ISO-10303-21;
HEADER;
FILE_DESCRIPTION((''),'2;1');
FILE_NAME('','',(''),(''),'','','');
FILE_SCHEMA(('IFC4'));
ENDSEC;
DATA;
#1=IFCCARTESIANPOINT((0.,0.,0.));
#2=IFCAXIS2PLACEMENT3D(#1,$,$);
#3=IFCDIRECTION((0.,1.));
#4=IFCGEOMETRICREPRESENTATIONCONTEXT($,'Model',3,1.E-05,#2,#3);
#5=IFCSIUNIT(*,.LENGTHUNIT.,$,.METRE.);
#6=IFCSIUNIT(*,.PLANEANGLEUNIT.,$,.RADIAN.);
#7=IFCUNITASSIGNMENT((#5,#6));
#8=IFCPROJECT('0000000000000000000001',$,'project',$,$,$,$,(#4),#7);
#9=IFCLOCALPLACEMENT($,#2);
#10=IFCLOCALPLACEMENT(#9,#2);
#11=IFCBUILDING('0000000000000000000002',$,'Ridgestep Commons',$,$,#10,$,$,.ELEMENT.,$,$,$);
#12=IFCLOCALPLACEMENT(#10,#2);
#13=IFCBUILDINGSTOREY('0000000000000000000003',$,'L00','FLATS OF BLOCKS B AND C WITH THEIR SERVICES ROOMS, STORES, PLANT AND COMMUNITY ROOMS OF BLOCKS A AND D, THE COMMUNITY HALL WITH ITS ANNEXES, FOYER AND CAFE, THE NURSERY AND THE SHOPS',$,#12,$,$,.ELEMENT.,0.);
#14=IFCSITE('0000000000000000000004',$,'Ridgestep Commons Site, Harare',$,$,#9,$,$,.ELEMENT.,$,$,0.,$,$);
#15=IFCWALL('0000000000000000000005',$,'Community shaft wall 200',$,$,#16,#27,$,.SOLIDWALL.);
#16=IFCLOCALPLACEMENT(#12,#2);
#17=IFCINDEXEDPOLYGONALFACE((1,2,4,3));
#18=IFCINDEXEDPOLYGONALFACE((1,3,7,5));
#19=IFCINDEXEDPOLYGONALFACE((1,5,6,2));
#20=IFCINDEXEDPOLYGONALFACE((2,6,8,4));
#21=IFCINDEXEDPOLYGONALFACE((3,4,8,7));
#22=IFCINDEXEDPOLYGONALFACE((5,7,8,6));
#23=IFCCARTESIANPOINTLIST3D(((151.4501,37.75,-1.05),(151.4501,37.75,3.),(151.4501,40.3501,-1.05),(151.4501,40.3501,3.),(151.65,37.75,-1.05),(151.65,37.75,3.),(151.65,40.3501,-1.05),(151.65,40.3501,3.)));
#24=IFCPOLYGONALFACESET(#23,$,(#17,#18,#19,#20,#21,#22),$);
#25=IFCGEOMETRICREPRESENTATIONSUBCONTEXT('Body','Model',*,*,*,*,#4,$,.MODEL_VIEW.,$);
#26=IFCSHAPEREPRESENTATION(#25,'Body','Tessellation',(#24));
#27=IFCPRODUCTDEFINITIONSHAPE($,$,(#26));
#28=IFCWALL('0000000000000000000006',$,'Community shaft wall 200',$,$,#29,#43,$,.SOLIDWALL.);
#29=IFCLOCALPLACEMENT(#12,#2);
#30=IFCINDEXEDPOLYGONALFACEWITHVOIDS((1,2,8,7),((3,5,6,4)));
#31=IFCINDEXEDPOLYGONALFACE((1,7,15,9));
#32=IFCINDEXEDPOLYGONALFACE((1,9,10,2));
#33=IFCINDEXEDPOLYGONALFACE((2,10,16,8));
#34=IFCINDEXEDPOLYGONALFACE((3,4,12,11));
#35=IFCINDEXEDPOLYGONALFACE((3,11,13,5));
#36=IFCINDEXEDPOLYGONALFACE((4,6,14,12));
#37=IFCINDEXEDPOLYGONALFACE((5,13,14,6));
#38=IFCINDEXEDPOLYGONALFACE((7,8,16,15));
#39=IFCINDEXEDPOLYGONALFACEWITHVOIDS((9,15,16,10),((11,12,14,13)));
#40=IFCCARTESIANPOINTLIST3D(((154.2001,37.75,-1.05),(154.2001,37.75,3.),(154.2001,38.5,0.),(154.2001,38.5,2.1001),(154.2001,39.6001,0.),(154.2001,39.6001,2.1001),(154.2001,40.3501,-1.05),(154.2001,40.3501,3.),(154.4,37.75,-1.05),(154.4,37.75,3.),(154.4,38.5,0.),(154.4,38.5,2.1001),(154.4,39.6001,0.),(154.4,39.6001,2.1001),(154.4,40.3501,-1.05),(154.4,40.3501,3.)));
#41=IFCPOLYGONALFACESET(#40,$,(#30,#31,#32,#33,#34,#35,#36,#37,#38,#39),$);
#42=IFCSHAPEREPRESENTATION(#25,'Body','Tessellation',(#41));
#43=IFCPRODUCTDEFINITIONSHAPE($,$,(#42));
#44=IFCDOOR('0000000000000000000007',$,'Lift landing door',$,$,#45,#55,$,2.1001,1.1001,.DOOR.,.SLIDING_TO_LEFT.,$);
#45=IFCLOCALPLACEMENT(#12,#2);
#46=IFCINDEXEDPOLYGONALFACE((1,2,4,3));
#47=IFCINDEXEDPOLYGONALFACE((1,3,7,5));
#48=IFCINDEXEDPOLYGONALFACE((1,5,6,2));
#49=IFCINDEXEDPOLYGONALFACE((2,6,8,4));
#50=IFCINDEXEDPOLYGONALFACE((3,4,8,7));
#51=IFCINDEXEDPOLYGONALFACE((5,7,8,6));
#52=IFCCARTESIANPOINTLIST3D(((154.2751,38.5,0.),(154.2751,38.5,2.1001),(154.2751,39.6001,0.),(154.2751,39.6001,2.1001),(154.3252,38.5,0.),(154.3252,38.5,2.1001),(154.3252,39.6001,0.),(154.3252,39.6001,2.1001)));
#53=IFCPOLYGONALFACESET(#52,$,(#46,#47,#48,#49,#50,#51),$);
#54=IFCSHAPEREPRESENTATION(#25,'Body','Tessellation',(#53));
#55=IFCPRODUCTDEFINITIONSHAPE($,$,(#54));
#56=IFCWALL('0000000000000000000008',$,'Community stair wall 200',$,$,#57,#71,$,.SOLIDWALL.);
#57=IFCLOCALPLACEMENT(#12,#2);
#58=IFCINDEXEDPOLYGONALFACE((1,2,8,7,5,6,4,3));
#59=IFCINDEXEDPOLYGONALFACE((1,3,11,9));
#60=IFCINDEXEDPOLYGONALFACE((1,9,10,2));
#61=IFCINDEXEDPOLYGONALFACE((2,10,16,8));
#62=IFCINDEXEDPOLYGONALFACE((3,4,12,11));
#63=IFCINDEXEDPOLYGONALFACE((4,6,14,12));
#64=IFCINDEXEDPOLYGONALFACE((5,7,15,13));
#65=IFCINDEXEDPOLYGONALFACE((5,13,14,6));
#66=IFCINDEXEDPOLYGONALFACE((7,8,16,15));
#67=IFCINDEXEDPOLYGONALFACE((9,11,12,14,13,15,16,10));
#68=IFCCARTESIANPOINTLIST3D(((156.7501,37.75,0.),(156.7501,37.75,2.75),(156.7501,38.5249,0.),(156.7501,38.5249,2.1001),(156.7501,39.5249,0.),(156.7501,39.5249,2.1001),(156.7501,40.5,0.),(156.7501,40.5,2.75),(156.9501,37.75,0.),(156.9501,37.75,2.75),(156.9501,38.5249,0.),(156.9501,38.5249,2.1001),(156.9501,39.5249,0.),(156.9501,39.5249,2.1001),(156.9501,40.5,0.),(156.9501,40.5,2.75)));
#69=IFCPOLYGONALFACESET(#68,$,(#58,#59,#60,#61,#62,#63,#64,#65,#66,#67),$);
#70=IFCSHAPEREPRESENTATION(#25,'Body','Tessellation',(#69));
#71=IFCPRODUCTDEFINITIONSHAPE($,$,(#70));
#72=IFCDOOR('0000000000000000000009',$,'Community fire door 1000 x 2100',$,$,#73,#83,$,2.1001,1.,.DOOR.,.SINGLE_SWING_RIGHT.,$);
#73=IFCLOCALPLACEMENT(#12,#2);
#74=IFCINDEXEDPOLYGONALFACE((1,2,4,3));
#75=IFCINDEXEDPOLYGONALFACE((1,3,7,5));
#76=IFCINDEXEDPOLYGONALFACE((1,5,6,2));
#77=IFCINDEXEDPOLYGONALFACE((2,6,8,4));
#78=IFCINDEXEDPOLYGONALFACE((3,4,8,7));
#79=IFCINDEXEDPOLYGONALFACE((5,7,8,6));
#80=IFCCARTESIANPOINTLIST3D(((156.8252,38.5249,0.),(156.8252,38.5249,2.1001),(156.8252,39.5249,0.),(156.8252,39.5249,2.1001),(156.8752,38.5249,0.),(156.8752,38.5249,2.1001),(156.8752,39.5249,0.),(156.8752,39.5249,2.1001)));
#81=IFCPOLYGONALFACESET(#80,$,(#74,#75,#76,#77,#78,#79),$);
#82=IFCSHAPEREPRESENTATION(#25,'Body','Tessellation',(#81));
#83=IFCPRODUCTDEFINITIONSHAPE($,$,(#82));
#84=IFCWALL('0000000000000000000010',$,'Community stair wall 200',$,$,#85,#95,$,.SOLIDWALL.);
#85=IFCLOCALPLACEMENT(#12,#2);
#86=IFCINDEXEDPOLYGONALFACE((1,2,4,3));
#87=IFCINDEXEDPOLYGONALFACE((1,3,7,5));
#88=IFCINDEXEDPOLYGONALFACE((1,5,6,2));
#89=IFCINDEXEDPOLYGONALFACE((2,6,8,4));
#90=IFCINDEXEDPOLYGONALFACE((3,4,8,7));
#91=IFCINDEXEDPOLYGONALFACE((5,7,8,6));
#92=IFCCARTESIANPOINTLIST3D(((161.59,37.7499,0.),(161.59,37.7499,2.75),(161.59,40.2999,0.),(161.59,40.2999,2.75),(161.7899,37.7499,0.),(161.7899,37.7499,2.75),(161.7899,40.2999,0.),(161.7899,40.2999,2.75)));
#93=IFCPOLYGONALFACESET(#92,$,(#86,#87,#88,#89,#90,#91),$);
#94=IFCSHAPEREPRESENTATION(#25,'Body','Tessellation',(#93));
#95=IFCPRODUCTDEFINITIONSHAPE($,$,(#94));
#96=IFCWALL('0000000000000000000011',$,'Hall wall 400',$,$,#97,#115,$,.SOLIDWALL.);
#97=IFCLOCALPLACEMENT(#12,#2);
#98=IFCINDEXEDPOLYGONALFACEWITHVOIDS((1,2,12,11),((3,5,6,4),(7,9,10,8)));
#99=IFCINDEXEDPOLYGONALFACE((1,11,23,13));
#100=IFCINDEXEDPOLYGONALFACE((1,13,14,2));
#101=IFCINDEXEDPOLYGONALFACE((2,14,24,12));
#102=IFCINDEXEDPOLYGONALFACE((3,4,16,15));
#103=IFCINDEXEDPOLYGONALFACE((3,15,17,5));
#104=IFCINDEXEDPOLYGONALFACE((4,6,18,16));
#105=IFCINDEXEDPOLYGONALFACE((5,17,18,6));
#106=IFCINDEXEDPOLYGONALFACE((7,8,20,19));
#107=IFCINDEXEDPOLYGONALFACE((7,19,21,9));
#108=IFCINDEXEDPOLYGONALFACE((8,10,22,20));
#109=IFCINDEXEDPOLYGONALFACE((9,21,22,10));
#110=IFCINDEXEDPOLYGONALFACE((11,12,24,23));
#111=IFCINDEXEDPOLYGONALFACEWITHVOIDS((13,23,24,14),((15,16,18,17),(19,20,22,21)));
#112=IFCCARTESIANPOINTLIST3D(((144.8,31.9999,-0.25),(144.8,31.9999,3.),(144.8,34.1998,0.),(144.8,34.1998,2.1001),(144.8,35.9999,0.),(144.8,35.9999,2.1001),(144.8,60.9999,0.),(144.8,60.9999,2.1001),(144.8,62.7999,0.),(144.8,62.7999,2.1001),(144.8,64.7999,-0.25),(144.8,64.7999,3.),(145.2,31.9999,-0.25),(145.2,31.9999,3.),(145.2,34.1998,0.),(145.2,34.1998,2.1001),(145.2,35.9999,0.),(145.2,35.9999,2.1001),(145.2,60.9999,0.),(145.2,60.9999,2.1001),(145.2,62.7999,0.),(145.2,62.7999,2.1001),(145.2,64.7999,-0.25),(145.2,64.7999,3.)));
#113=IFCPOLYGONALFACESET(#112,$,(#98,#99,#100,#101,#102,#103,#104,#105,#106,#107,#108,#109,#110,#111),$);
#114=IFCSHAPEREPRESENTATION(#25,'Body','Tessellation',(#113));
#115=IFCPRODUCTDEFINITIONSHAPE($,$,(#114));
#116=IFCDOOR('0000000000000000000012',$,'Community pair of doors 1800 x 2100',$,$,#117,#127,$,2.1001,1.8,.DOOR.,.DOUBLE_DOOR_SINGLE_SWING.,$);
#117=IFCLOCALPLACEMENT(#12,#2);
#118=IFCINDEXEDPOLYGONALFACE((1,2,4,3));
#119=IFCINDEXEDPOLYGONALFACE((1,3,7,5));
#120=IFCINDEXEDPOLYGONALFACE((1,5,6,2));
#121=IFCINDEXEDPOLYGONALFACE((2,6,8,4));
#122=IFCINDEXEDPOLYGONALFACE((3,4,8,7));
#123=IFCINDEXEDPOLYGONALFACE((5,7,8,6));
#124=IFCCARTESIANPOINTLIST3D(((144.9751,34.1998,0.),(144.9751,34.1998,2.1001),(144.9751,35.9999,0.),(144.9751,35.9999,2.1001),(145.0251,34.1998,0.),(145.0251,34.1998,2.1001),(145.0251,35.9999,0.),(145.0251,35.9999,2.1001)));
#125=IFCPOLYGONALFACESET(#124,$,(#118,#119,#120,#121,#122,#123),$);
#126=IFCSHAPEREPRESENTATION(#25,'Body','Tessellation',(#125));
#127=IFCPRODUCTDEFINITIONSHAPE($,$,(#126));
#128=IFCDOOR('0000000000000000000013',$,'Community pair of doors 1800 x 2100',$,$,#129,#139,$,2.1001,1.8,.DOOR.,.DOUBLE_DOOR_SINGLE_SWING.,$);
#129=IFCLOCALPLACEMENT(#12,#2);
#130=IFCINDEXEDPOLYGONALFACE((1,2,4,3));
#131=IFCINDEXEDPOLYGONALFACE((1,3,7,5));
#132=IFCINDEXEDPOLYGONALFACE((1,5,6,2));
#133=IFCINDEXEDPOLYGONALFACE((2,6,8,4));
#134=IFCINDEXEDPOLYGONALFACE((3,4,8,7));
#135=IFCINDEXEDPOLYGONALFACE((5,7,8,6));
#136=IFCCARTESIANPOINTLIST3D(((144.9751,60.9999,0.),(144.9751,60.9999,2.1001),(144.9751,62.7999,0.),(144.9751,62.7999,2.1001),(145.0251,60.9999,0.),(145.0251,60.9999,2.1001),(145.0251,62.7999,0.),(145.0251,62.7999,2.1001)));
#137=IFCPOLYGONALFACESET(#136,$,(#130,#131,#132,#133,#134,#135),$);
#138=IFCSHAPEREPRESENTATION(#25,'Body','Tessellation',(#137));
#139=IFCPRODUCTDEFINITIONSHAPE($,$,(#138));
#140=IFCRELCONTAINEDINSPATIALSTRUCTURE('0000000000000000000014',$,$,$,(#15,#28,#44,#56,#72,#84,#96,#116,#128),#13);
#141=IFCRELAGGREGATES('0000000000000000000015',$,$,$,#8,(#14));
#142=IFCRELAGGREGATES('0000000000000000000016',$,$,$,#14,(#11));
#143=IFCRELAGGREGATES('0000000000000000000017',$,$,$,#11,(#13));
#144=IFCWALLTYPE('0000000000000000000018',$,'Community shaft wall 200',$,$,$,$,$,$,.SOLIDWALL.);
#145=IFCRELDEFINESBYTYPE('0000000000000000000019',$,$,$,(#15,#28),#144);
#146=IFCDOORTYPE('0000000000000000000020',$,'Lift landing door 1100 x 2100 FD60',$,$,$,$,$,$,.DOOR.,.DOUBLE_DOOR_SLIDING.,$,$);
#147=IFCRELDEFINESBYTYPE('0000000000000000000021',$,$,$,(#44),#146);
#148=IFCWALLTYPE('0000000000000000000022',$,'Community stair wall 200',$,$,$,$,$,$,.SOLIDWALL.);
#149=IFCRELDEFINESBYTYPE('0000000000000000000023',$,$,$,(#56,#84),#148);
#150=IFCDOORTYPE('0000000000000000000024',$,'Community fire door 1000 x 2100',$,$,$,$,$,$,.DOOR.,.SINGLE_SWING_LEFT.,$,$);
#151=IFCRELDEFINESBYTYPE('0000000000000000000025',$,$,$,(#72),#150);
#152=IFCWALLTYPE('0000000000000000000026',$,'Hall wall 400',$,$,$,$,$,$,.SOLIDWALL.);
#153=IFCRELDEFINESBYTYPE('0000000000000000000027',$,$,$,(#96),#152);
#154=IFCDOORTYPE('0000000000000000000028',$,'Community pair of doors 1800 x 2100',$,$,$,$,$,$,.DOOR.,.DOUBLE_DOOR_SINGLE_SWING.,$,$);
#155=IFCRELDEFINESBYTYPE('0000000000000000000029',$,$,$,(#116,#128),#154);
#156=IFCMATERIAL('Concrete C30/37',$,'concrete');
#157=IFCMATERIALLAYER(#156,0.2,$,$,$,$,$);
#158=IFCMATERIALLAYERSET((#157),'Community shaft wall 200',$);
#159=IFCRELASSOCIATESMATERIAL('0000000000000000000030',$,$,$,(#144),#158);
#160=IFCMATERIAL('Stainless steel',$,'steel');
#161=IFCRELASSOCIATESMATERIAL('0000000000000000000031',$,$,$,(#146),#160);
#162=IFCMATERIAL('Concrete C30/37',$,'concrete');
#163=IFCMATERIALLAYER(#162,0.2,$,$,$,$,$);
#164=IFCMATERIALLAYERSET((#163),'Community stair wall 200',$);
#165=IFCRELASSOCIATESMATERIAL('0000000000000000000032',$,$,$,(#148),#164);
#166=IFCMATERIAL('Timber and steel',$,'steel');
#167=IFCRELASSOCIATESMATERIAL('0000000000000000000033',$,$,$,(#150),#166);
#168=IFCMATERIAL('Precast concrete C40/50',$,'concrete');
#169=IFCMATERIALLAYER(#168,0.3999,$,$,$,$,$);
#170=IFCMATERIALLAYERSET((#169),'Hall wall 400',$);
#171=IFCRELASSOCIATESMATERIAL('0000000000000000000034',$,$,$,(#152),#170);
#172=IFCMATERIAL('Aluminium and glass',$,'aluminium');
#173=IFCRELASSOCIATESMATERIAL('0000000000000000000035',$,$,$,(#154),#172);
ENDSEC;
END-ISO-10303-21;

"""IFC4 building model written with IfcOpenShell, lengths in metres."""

from ifc_helpers import new_model, si_unit, direction, frame, frame_2d, origin, place, context, subcontext, project, spatial, rectangle, extrude, material, layer, layer_set, type_object, element, fill, save


model = new_model("IFC4")

# Units and contexts
model_context = context("Model", 3, precision=1e-05, world=origin(), true_north=direction((0.0, 1.0)))
body_context = subcontext(model_context, "Body", "Model", "MODEL_VIEW")
ifc_project = project(units=[si_unit("LENGTHUNIT", "METRE"), si_unit("PLANEANGLEUNIT", "RADIAN")], contexts=[model_context])

# Site, building, storey
site_placement = place(None, origin())
site = spatial("IfcSite", under=ifc_project, at=site_placement, Name="Ridgestep Commons Site, Harare", CompositionType="ELEMENT", RefElevation=0.0)
building_placement = place(site_placement, origin())
building = spatial("IfcBuilding", under=site, at=building_placement, Name="Ridgestep Commons", CompositionType="ELEMENT")
storey_placement = place(building_placement, origin())
storey = spatial("IfcBuildingStorey", under=building, at=storey_placement, Name="L00", Description="FLATS OF BLOCKS B AND C WITH THEIR SERVICES ROOMS, STORES, PLANT AND COMMUNITY ROOMS OF BLOCKS A AND D, THE COMMUNITY HALL WITH ITS ANNEXES, FOYER AND CAFE, THE NURSERY AND THE SHOPS", CompositionType="ELEMENT", Elevation=0.0)

# Wall
ifc_material_1 = material(Name="Concrete C30/37", Category="concrete")
ifc_layer_1 = layer(ifc_material_1, 0.2)
ifc_layer_set_1 = layer_set([ifc_layer_1], Name="Community shaft wall 200")
wall_type_1 = type_object("IfcWallType", Name="Community shaft wall 200", PredefinedType="SOLIDWALL", material=ifc_layer_set_1)
wall_1_placement = place(storey_placement, frame((151.55, 37.75, -1.05), z_axis=(0.0, 0.0, 1.0), x_axis=(0.0, 1.0, 0.0)))
element("IfcWall", 1, at=wall_1_placement, inside=storey, type_object=wall_type_1, Name="Community shaft wall 200", PredefinedType="SOLIDWALL", context=body_context, shape_type="SweptSolid", body=[
    extrude(rectangle(XDim=2.6001, YDim=0.2, at=frame_2d((1.3, 0.0))), origin(), (0.0, 0.0, 1.0), 4.05),
])

# Walls, openings, doors
wall_2_placement = place(storey_placement, frame((154.3, 37.75, -1.05), z_axis=(0.0, 0.0, 1.0), x_axis=(0.0, 1.0, 0.0)))
wall_2 = element("IfcWall", 2, at=wall_2_placement, inside=storey, type_object=wall_type_1, Name="Community shaft wall 200", PredefinedType="SOLIDWALL", context=body_context, shape_type="SweptSolid", body=[
    extrude(rectangle(XDim=2.6001, YDim=0.2, at=frame_2d((1.3, 0.0))), origin(), (0.0, 0.0, 1.0), 4.05),
])
opening_1_placement = place(wall_2_placement, frame((0.75, 0.0, 1.05)))
opening_1 = element("IfcOpeningElement", 3, at=opening_1_placement, cuts=wall_2, PredefinedType="OPENING", context=body_context, shape_type="SweptSolid", body=[
    extrude(rectangle(XDim=1.1001, YDim=2.1001, at=frame_2d((0.55, 1.05))), frame((0.0, 0.1099, 0.0), z_axis=(0.0, -1.0, 0.0), x_axis=(1.0, 0.0, 0.0)), (0.0, 0.0, 1.0), 0.22),
])
ifc_material_2 = material(Name="Stainless steel", Category="steel")
door_type_1 = type_object("IfcDoorType", Name="Lift landing door 1100 x 2100 FD60", OperationType="DOUBLE_DOOR_SLIDING", PredefinedType="DOOR", material=ifc_material_2)
door_1_placement = place(opening_1_placement, origin())
door_1 = element("IfcDoor", 4, at=door_1_placement, inside=storey, type_object=door_type_1, Name="Lift landing door", OperationType="SLIDING_TO_LEFT", OverallHeight=2.1001, OverallWidth=1.1001, PredefinedType="DOOR", context=body_context, shape_type="SweptSolid", body=[
    extrude(rectangle(XDim=1.1001, YDim=2.1001, at=frame_2d((0.55, 1.05))), frame((0.0, 0.0249, 0.0), z_axis=(0.0, -1.0, 0.0), x_axis=(1.0, 0.0, 0.0)), (0.0, 0.0, 1.0), 0.05),
])
fill(opening_1, door_1)
ifc_material_3 = material(Name="Concrete C30/37", Category="concrete")
ifc_layer_2 = layer(ifc_material_3, 0.2)
ifc_layer_set_2 = layer_set([ifc_layer_2], Name="Community stair wall 200")
wall_type_2 = type_object("IfcWallType", Name="Community stair wall 200", PredefinedType="SOLIDWALL", material=ifc_layer_set_2)
wall_3_placement = place(storey_placement, frame((156.8501, 37.75, 0.0), z_axis=(0.0, 0.0, 1.0), x_axis=(0.0, 1.0, 0.0)))
wall_3 = element("IfcWall", 5, at=wall_3_placement, inside=storey, type_object=wall_type_2, Name="Community stair wall 200", PredefinedType="SOLIDWALL", context=body_context, shape_type="SweptSolid", body=[
    extrude(rectangle(XDim=2.75, YDim=0.2, at=frame_2d((1.375, 0.0))), origin(), (0.0, 0.0, 1.0), 2.75),
])
opening_2_placement = place(wall_3_placement, frame((0.7749, 0.0, 0.0)))
opening_2 = element("IfcOpeningElement", 6, at=opening_2_placement, cuts=wall_3, PredefinedType="OPENING", context=body_context, shape_type="SweptSolid", body=[
    extrude(rectangle(XDim=1.0, YDim=2.1001, at=frame_2d((0.5, 1.05))), frame((0.0, 0.1099, 0.0), z_axis=(0.0, -1.0, 0.0), x_axis=(1.0, 0.0, 0.0)), (0.0, 0.0, 1.0), 0.22),
])
ifc_material_4 = material(Name="Timber and steel", Category="steel")
door_type_2 = type_object("IfcDoorType", Name="Community fire door 1000 x 2100", OperationType="SINGLE_SWING_LEFT", PredefinedType="DOOR", material=ifc_material_4)
door_2_placement = place(opening_2_placement, origin())
door_2 = element("IfcDoor", 7, at=door_2_placement, inside=storey, type_object=door_type_2, Name="Community fire door 1000 x 2100", OperationType="SINGLE_SWING_RIGHT", OverallHeight=2.1001, OverallWidth=1.0, PredefinedType="DOOR", context=body_context, shape_type="SweptSolid", body=[
    extrude(rectangle(XDim=1.0, YDim=2.1001, at=frame_2d((0.5, 1.05))), frame((0.0, 0.0249, 0.0), z_axis=(0.0, -1.0, 0.0), x_axis=(1.0, 0.0, 0.0)), (0.0, 0.0, 1.0), 0.05),
])
fill(opening_2, door_2)

# Wall
wall_4_placement = place(storey_placement, frame((161.6899, 37.75, 0.0), z_axis=(0.0, 0.0, 1.0), x_axis=(0.0, 1.0, 0.0)))
element("IfcWall", 8, at=wall_4_placement, inside=storey, type_object=wall_type_2, Name="Community stair wall 200", PredefinedType="SOLIDWALL", context=body_context, shape_type="SweptSolid", body=[
    extrude(rectangle(XDim=2.55, YDim=0.2, at=frame_2d((1.2749, 0.0))), origin(), (0.0, 0.0, 1.0), 2.75),
])

# Wall, openings, doors
ifc_material_5 = material(Name="Precast concrete C40/50", Category="concrete")
ifc_layer_3 = layer(ifc_material_5, 0.3999)
ifc_layer_set_3 = layer_set([ifc_layer_3], Name="Hall wall 400")
wall_type_3 = type_object("IfcWallType", Name="Hall wall 400", PredefinedType="SOLIDWALL", material=ifc_layer_set_3)
wall_5_placement = place(storey_placement, frame((145.0, 32.0, -0.25), z_axis=(0.0, 0.0, 1.0), x_axis=(0.0, 1.0, 0.0)))
wall_5 = element("IfcWall", 9, at=wall_5_placement, inside=storey, type_object=wall_type_3, Name="Hall wall 400", PredefinedType="SOLIDWALL", context=body_context, shape_type="SweptSolid", body=[
    extrude(rectangle(XDim=32.8, YDim=0.3999, at=frame_2d((16.3999, 0.0))), origin(), (0.0, 0.0, 1.0), 3.25),
])
opening_3_placement = place(wall_5_placement, frame((2.2, 0.0, 0.25)))
opening_3 = element("IfcOpeningElement", 10, at=opening_3_placement, cuts=wall_5, PredefinedType="OPENING", context=body_context, shape_type="SweptSolid", body=[
    extrude(rectangle(XDim=1.8, YDim=2.1001, at=frame_2d((0.8999, 1.05))), frame((0.0, 0.21, 0.0), z_axis=(0.0, -1.0, 0.0), x_axis=(1.0, 0.0, 0.0)), (0.0, 0.0, 1.0), 0.4199),
])
opening_4_placement = place(wall_5_placement, frame((29.0, 0.0, 0.25)))
opening_4 = element("IfcOpeningElement", 11, at=opening_4_placement, cuts=wall_5, PredefinedType="OPENING", context=body_context, shape_type="SweptSolid", body=[
    extrude(rectangle(XDim=1.8, YDim=2.1001, at=frame_2d((0.8999, 1.05))), frame((0.0, 0.21, 0.0), z_axis=(0.0, -1.0, 0.0), x_axis=(1.0, 0.0, 0.0)), (0.0, 0.0, 1.0), 0.4199),
])
ifc_material_6 = material(Name="Aluminium and glass", Category="aluminium")
door_type_3 = type_object("IfcDoorType", Name="Community pair of doors 1800 x 2100", OperationType="DOUBLE_DOOR_SINGLE_SWING", PredefinedType="DOOR", material=ifc_material_6)
door_3_placement = place(opening_3_placement, origin())
door_3 = element("IfcDoor", 12, at=door_3_placement, inside=storey, type_object=door_type_3, Name="Community pair of doors 1800 x 2100", OperationType="DOUBLE_DOOR_SINGLE_SWING", OverallHeight=2.1001, OverallWidth=1.8, PredefinedType="DOOR", context=body_context, shape_type="SweptSolid", body=[
    extrude(rectangle(XDim=1.8, YDim=2.1001, at=frame_2d((0.8999, 1.05))), frame((0.0, 0.0249, 0.0), z_axis=(0.0, -1.0, 0.0), x_axis=(1.0, 0.0, 0.0)), (0.0, 0.0, 1.0), 0.05),
])
fill(opening_3, door_3)
door_4_placement = place(opening_4_placement, origin())
door_4 = element("IfcDoor", 13, at=door_4_placement, inside=storey, type_object=door_type_3, Name="Community pair of doors 1800 x 2100", OperationType="DOUBLE_DOOR_SINGLE_SWING", OverallHeight=2.1001, OverallWidth=1.8, PredefinedType="DOOR", context=body_context, shape_type="SweptSolid", body=[
    extrude(rectangle(XDim=1.8, YDim=2.1001, at=frame_2d((0.8999, 1.05))), frame((0.0, 0.0249, 0.0), z_axis=(0.0, -1.0, 0.0), x_axis=(1.0, 0.0, 0.0)), (0.0, 0.0, 1.0), 0.05),
])
fill(opening_4, door_4)

save(model, "model.ifc")
